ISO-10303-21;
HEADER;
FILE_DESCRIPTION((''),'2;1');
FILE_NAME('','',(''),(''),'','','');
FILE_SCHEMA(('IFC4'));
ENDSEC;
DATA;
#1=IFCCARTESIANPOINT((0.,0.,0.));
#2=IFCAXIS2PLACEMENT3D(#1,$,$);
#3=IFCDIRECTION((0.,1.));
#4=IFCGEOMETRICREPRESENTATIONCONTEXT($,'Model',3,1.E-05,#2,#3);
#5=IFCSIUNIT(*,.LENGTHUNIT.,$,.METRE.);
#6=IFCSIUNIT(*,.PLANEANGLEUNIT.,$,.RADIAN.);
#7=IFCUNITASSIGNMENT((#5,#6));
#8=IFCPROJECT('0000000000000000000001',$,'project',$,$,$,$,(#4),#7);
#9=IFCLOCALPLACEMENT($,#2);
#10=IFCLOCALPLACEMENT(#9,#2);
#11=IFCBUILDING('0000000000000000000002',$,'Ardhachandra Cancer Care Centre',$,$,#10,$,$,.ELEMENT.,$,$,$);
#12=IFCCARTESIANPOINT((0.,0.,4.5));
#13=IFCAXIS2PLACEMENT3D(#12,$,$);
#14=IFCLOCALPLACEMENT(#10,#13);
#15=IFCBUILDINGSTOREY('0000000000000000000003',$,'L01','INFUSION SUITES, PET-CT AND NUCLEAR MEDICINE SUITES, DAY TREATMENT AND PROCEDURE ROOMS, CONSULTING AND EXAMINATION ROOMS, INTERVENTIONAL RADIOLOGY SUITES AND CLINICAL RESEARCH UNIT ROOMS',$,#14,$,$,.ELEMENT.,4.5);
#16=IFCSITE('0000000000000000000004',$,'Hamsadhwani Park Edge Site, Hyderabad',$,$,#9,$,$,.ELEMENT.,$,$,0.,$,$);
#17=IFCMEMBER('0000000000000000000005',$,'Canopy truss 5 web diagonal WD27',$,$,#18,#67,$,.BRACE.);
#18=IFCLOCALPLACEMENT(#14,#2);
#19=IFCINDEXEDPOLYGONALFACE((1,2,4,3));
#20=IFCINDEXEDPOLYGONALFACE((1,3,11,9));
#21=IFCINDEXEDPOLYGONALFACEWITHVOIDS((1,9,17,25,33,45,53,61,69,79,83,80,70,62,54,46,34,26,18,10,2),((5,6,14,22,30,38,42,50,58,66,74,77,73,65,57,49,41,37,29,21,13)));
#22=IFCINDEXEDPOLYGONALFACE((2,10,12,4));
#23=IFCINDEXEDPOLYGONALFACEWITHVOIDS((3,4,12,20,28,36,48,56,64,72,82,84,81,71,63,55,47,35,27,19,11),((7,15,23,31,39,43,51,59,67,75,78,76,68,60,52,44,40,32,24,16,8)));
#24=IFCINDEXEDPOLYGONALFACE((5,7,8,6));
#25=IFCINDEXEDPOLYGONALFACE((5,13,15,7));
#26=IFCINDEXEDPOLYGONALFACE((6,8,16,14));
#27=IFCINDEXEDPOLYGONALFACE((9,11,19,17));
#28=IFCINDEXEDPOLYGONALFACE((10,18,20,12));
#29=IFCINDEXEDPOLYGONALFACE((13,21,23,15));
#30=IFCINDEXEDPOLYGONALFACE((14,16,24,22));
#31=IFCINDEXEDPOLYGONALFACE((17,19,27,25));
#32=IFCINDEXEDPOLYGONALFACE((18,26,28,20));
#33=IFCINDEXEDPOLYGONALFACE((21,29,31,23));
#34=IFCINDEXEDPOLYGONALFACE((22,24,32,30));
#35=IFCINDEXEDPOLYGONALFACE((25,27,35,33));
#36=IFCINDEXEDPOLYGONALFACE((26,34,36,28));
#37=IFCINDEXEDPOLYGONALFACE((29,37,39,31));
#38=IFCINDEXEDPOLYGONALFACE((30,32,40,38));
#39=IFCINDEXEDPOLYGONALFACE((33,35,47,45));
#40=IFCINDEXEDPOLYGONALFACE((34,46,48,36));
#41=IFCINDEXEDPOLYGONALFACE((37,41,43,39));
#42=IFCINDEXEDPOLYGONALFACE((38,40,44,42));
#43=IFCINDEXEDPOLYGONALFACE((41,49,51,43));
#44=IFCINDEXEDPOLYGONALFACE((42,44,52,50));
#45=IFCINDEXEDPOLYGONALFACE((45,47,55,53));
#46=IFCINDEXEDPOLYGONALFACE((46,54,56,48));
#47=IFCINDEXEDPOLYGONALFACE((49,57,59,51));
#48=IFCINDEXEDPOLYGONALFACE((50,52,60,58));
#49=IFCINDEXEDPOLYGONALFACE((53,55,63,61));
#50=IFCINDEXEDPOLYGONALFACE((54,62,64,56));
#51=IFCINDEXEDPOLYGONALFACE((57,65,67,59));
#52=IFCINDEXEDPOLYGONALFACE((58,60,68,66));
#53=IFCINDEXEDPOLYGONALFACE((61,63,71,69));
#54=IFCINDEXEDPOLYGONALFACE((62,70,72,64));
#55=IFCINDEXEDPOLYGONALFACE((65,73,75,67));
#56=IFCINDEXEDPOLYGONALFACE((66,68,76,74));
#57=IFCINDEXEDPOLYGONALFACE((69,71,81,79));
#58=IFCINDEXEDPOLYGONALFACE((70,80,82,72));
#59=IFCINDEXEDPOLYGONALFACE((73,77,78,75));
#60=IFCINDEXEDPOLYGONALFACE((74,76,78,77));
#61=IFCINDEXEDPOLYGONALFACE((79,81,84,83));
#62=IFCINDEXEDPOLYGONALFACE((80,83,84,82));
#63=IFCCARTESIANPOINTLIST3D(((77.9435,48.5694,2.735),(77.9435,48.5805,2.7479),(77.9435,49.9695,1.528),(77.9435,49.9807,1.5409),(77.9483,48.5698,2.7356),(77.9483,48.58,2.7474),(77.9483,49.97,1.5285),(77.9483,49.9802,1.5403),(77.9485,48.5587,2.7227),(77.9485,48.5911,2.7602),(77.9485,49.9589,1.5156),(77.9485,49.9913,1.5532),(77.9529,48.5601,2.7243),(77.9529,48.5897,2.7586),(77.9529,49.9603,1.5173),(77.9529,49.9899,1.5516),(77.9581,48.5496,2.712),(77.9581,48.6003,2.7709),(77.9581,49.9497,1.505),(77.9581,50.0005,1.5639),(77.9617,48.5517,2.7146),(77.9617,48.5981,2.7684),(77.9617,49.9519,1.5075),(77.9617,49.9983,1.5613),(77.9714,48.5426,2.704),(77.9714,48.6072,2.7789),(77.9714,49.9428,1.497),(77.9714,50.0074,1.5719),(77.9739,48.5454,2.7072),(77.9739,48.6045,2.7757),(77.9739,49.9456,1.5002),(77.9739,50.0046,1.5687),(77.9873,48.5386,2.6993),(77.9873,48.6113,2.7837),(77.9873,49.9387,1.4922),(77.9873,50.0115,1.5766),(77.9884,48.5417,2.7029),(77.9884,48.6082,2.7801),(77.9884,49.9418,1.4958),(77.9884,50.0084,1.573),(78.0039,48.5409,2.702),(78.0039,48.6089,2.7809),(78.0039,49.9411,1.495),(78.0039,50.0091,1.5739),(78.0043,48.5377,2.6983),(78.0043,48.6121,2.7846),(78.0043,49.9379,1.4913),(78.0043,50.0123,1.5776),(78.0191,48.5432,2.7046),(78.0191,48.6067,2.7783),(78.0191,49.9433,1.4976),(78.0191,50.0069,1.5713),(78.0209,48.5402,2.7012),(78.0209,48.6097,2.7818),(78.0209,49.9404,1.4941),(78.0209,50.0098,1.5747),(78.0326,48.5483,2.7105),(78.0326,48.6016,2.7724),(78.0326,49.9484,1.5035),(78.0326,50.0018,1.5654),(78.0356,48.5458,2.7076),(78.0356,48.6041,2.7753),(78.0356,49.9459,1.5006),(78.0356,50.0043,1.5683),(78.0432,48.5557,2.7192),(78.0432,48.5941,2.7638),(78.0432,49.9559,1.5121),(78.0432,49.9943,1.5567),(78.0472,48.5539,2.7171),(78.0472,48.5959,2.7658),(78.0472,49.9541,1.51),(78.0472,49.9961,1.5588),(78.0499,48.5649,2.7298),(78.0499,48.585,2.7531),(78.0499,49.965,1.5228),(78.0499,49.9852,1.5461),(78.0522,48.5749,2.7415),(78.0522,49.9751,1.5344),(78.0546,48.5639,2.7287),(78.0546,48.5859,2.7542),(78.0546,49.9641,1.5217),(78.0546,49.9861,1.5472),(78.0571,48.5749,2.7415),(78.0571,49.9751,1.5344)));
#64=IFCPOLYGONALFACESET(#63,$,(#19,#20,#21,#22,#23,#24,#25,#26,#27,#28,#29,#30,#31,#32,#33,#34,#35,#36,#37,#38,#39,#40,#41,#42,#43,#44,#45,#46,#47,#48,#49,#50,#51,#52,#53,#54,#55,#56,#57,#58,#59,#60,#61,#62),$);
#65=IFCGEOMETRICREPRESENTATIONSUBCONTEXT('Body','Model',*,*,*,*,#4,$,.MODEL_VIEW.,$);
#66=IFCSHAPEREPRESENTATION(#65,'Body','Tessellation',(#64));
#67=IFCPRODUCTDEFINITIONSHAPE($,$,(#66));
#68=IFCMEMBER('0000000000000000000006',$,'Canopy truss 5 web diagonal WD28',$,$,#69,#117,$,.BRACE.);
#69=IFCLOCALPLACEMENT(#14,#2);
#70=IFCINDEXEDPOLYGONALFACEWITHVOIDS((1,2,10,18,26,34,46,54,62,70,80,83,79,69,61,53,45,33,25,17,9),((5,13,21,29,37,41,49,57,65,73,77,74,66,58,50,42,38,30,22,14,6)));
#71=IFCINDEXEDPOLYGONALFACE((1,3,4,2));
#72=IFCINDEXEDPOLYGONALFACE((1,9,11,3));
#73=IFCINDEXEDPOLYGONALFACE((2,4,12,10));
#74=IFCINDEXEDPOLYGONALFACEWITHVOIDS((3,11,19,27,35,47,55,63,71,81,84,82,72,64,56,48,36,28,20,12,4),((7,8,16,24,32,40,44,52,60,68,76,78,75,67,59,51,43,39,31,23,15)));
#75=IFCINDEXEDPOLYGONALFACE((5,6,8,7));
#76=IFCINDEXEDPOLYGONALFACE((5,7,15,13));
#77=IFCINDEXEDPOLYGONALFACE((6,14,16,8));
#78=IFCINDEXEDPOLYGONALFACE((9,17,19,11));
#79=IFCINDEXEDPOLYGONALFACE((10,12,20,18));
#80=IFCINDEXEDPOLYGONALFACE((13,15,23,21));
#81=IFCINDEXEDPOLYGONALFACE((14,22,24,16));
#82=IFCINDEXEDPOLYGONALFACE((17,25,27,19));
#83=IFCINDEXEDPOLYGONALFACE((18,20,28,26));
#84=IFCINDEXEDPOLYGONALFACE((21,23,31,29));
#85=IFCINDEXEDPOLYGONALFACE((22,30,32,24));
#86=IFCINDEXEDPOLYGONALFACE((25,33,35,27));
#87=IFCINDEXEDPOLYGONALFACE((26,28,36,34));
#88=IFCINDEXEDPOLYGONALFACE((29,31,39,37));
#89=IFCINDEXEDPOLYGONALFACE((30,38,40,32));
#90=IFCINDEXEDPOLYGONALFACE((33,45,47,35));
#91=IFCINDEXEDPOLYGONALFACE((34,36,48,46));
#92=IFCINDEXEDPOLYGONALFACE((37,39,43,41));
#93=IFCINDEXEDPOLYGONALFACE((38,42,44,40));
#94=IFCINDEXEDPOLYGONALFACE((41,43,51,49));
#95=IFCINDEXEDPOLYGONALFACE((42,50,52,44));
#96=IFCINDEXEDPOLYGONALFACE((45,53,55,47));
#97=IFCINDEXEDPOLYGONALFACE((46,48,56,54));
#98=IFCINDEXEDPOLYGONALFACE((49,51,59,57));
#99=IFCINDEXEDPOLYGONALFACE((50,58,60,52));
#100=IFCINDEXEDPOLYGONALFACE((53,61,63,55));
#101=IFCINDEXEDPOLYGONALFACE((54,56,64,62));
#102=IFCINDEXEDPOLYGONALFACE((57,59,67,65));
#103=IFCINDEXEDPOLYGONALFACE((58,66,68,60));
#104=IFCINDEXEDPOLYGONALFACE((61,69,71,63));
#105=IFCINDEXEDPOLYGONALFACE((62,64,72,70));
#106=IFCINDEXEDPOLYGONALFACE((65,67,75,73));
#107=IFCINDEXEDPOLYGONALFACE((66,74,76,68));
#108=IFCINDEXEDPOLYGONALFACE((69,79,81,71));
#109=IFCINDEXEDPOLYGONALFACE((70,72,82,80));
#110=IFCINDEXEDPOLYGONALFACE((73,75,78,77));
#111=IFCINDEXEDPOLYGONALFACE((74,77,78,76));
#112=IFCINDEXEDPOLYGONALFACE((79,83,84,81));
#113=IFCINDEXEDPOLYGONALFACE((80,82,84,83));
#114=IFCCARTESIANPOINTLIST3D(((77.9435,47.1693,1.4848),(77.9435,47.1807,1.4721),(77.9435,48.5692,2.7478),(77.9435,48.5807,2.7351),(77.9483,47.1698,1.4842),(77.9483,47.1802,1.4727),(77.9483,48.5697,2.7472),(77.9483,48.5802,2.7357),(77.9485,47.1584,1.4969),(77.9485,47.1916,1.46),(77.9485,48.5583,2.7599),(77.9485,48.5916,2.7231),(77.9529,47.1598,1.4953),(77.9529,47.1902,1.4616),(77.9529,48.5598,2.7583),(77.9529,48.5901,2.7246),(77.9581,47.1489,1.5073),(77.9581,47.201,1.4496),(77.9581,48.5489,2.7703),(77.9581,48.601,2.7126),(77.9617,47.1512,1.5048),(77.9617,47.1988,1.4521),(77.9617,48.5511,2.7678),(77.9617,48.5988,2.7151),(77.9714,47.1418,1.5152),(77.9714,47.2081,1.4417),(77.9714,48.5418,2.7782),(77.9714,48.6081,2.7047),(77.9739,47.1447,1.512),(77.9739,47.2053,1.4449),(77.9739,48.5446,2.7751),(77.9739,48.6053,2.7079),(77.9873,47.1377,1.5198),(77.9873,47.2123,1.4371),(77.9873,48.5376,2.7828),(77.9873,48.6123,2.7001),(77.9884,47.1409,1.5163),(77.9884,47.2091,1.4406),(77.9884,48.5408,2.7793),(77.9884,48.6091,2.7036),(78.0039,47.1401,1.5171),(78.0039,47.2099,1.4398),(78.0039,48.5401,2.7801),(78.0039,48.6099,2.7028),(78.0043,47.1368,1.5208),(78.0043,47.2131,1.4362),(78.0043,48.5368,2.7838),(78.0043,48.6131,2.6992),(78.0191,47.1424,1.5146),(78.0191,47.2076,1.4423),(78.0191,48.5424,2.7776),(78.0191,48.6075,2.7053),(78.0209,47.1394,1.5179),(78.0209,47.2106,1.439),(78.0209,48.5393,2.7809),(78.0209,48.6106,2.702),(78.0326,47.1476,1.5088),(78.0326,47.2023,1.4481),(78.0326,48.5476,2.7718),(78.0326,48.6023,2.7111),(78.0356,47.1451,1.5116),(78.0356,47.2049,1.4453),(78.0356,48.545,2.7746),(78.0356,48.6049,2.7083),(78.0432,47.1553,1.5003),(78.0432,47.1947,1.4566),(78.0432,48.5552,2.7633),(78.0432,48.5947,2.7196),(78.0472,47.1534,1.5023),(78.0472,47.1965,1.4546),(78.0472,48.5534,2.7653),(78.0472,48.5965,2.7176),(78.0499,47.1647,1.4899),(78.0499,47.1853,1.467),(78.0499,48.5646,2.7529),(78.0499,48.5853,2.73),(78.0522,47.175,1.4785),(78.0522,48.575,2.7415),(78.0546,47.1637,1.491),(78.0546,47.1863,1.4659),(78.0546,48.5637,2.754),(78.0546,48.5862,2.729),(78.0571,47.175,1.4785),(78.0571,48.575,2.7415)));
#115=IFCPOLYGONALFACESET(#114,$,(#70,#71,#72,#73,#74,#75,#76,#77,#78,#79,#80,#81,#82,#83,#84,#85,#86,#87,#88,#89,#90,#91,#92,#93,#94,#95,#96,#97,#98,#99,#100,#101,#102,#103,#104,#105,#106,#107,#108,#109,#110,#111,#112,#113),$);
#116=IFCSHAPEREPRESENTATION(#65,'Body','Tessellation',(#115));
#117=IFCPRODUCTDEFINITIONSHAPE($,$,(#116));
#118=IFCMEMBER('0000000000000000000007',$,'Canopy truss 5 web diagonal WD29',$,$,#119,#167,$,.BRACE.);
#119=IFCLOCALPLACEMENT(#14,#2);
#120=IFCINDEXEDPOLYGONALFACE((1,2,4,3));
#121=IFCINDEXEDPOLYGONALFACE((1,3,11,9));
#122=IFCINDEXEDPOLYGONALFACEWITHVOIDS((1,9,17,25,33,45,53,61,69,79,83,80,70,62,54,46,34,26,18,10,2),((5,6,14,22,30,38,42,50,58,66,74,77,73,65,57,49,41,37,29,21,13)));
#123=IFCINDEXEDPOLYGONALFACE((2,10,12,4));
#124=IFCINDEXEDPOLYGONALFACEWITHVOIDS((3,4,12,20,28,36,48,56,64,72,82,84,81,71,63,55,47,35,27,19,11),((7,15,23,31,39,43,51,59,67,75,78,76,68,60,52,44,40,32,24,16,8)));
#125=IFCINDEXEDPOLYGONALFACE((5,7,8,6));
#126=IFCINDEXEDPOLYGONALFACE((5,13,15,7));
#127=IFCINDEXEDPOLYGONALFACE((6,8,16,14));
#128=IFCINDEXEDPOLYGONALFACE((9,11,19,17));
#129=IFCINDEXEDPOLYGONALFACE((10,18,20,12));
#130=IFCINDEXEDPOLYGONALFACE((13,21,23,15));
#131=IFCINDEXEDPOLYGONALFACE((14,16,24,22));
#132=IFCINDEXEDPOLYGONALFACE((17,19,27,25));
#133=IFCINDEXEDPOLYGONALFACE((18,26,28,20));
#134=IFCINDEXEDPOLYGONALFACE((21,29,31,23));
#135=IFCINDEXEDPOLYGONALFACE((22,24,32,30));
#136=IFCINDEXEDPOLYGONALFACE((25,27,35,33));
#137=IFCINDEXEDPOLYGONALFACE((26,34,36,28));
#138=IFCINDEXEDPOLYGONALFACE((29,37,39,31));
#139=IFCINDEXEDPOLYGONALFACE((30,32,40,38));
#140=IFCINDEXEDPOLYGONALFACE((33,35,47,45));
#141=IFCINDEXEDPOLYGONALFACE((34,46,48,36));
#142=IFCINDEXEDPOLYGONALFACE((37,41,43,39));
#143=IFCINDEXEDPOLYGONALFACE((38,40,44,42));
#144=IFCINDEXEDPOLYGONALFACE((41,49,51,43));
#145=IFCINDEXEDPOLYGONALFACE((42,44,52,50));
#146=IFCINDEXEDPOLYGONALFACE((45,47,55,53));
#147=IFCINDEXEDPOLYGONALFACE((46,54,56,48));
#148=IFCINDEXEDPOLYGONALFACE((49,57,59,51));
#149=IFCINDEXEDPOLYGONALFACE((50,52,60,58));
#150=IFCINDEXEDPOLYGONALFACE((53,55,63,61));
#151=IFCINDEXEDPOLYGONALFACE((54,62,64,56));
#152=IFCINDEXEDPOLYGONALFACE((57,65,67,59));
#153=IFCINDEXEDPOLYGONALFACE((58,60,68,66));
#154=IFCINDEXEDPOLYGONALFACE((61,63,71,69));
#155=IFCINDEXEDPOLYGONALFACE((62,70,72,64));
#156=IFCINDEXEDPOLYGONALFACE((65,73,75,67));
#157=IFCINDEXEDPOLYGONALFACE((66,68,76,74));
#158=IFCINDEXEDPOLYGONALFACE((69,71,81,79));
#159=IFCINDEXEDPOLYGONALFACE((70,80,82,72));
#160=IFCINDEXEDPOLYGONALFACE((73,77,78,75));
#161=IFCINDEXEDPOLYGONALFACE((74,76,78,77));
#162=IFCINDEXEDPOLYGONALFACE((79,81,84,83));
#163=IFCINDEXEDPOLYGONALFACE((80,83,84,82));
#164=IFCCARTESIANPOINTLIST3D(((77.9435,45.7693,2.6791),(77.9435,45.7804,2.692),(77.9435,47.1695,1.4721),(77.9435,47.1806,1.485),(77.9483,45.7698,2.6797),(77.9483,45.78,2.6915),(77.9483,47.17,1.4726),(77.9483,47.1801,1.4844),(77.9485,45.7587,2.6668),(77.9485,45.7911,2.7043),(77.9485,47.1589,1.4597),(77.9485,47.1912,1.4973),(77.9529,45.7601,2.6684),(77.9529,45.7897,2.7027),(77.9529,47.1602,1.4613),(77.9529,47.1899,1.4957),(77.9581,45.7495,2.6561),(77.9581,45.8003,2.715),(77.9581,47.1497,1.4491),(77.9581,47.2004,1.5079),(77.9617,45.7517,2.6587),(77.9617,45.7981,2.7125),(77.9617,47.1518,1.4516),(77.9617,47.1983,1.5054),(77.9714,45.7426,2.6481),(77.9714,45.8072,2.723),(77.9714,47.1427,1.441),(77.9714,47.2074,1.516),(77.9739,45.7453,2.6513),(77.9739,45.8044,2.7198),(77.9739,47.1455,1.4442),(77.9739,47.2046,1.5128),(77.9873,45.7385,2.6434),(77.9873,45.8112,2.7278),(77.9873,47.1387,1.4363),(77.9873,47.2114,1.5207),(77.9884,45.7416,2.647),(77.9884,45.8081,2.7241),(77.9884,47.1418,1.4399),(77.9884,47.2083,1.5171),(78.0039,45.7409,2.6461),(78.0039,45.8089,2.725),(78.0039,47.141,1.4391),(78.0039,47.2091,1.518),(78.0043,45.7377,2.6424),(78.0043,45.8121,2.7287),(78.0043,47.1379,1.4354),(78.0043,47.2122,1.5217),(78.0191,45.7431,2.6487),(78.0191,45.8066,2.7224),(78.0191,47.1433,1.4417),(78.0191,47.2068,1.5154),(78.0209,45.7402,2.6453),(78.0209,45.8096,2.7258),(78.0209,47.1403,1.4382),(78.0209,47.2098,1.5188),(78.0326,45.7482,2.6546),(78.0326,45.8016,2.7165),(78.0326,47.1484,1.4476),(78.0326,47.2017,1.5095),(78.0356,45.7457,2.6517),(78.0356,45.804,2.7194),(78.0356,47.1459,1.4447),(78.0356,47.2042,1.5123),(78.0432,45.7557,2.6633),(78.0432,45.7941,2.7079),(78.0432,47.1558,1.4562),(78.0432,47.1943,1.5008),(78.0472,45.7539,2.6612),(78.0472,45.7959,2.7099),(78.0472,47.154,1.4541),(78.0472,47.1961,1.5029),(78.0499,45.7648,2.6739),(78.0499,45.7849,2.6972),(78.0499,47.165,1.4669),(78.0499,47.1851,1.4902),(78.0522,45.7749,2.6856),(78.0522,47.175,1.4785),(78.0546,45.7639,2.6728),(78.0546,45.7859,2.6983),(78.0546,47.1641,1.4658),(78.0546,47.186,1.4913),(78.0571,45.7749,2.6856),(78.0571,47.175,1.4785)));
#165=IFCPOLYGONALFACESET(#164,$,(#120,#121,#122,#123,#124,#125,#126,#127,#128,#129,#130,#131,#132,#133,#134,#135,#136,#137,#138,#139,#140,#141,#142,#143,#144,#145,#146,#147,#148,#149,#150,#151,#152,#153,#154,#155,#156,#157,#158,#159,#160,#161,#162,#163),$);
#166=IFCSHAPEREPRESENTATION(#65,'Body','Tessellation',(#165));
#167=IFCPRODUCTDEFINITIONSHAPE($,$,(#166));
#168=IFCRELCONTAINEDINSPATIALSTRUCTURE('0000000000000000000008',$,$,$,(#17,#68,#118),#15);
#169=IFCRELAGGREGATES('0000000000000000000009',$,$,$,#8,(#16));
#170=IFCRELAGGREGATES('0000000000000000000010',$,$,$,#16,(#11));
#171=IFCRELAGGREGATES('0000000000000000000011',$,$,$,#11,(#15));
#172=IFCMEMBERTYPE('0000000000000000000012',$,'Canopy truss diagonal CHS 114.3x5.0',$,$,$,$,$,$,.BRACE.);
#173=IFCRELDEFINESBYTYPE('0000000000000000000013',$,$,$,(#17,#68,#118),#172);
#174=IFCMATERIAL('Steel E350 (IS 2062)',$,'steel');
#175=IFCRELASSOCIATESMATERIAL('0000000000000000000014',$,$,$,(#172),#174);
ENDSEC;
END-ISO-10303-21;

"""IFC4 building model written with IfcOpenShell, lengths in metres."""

from ifc_helpers import new_model, si_unit, direction, frame, origin, origin_2d, place, context, subcontext, project, spatial, hollow_circle, extrude, material, material_profile, profile_set, type_object, element, save


model = new_model("IFC4")

# Units and contexts
model_context = context("Model", 3, precision=1e-05, world=origin(), true_north=direction((0.0, 1.0)))
body_context = subcontext(model_context, "Body", "Model", "MODEL_VIEW")
ifc_project = project(units=[si_unit("LENGTHUNIT", "METRE"), si_unit("PLANEANGLEUNIT", "RADIAN")], contexts=[model_context])

# Site, building, storey
site_placement = place(None, origin())
site = spatial("IfcSite", under=ifc_project, at=site_placement, Name="Hamsadhwani Park Edge Site, Hyderabad", CompositionType="ELEMENT", RefElevation=0.0)
building_placement = place(site_placement, origin())
building = spatial("IfcBuilding", under=site, at=building_placement, Name="Ardhachandra Cancer Care Centre", CompositionType="ELEMENT")
storey_placement = place(building_placement, frame((0.0, 0.0, 4.5)))
storey = spatial("IfcBuildingStorey", under=building, at=storey_placement, Name="L01", Description="INFUSION SUITES, PET-CT AND NUCLEAR MEDICINE SUITES, DAY TREATMENT AND PROCEDURE ROOMS, CONSULTING AND EXAMINATION ROOMS, INTERVENTIONAL RADIOLOGY SUITES AND CLINICAL RESEARCH UNIT ROOMS", CompositionType="ELEMENT", Elevation=4.5)

# Members
ifc_material_1 = material(Name="Steel E350 (IS 2062)", Category="steel")
ifc_material_profile_1 = material_profile(ifc_material_1, hollow_circle(Radius=0.0571, WallThickness=0.0049, at=origin_2d()), Name="CHS 114.3x5.0")
ifc_profile_set_1 = profile_set([ifc_material_profile_1], Name="Steel E350 (IS 2062)")
member_type_1 = type_object("IfcMemberType", Name="Canopy truss diagonal CHS 114.3x5.0", PredefinedType="BRACE", material=ifc_profile_set_1)
member_1_placement = place(storey_placement, frame((78.0, 49.9751, 1.5344), z_axis=(0.0, -0.757408, 0.652942), x_axis=(1.0, 0.0, 0.0)))
element("IfcMember", 1, at=member_1_placement, inside=storey, type_object=member_type_1, Name="Canopy truss 5 web diagonal WD27", PredefinedType="BRACE", context=body_context, shape_type="SweptSolid", body=[
    extrude(hollow_circle(Radius=0.0571, WallThickness=0.0049, at=origin_2d()), origin(), (0.0, 0.0, 1.0), 1.8486),
])
member_2_placement = place(storey_placement, frame((78.0, 48.575, 2.7415), z_axis=(0.0, -0.742495, -0.669851), x_axis=(1.0, 0.0, 0.0)))
element("IfcMember", 2, at=member_2_placement, inside=storey, type_object=member_type_1, Name="Canopy truss 5 web diagonal WD28", PredefinedType="BRACE", context=body_context, shape_type="SweptSolid", body=[
    extrude(hollow_circle(Radius=0.0571, WallThickness=0.0049, at=origin_2d()), origin(), (0.0, 0.0, 1.0), 1.8855),
])
member_3_placement = place(storey_placement, frame((78.0, 47.175, 1.4785), z_axis=(0.0, -0.757408, 0.652942), x_axis=(1.0, 0.0, 0.0)))
element("IfcMember", 3, at=member_3_placement, inside=storey, type_object=member_type_1, Name="Canopy truss 5 web diagonal WD29", PredefinedType="BRACE", context=body_context, shape_type="SweptSolid", body=[
    extrude(hollow_circle(Radius=0.0571, WallThickness=0.0049, at=origin_2d()), origin(), (0.0, 0.0, 1.0), 1.8486),
])

save(model, "model.ifc")
